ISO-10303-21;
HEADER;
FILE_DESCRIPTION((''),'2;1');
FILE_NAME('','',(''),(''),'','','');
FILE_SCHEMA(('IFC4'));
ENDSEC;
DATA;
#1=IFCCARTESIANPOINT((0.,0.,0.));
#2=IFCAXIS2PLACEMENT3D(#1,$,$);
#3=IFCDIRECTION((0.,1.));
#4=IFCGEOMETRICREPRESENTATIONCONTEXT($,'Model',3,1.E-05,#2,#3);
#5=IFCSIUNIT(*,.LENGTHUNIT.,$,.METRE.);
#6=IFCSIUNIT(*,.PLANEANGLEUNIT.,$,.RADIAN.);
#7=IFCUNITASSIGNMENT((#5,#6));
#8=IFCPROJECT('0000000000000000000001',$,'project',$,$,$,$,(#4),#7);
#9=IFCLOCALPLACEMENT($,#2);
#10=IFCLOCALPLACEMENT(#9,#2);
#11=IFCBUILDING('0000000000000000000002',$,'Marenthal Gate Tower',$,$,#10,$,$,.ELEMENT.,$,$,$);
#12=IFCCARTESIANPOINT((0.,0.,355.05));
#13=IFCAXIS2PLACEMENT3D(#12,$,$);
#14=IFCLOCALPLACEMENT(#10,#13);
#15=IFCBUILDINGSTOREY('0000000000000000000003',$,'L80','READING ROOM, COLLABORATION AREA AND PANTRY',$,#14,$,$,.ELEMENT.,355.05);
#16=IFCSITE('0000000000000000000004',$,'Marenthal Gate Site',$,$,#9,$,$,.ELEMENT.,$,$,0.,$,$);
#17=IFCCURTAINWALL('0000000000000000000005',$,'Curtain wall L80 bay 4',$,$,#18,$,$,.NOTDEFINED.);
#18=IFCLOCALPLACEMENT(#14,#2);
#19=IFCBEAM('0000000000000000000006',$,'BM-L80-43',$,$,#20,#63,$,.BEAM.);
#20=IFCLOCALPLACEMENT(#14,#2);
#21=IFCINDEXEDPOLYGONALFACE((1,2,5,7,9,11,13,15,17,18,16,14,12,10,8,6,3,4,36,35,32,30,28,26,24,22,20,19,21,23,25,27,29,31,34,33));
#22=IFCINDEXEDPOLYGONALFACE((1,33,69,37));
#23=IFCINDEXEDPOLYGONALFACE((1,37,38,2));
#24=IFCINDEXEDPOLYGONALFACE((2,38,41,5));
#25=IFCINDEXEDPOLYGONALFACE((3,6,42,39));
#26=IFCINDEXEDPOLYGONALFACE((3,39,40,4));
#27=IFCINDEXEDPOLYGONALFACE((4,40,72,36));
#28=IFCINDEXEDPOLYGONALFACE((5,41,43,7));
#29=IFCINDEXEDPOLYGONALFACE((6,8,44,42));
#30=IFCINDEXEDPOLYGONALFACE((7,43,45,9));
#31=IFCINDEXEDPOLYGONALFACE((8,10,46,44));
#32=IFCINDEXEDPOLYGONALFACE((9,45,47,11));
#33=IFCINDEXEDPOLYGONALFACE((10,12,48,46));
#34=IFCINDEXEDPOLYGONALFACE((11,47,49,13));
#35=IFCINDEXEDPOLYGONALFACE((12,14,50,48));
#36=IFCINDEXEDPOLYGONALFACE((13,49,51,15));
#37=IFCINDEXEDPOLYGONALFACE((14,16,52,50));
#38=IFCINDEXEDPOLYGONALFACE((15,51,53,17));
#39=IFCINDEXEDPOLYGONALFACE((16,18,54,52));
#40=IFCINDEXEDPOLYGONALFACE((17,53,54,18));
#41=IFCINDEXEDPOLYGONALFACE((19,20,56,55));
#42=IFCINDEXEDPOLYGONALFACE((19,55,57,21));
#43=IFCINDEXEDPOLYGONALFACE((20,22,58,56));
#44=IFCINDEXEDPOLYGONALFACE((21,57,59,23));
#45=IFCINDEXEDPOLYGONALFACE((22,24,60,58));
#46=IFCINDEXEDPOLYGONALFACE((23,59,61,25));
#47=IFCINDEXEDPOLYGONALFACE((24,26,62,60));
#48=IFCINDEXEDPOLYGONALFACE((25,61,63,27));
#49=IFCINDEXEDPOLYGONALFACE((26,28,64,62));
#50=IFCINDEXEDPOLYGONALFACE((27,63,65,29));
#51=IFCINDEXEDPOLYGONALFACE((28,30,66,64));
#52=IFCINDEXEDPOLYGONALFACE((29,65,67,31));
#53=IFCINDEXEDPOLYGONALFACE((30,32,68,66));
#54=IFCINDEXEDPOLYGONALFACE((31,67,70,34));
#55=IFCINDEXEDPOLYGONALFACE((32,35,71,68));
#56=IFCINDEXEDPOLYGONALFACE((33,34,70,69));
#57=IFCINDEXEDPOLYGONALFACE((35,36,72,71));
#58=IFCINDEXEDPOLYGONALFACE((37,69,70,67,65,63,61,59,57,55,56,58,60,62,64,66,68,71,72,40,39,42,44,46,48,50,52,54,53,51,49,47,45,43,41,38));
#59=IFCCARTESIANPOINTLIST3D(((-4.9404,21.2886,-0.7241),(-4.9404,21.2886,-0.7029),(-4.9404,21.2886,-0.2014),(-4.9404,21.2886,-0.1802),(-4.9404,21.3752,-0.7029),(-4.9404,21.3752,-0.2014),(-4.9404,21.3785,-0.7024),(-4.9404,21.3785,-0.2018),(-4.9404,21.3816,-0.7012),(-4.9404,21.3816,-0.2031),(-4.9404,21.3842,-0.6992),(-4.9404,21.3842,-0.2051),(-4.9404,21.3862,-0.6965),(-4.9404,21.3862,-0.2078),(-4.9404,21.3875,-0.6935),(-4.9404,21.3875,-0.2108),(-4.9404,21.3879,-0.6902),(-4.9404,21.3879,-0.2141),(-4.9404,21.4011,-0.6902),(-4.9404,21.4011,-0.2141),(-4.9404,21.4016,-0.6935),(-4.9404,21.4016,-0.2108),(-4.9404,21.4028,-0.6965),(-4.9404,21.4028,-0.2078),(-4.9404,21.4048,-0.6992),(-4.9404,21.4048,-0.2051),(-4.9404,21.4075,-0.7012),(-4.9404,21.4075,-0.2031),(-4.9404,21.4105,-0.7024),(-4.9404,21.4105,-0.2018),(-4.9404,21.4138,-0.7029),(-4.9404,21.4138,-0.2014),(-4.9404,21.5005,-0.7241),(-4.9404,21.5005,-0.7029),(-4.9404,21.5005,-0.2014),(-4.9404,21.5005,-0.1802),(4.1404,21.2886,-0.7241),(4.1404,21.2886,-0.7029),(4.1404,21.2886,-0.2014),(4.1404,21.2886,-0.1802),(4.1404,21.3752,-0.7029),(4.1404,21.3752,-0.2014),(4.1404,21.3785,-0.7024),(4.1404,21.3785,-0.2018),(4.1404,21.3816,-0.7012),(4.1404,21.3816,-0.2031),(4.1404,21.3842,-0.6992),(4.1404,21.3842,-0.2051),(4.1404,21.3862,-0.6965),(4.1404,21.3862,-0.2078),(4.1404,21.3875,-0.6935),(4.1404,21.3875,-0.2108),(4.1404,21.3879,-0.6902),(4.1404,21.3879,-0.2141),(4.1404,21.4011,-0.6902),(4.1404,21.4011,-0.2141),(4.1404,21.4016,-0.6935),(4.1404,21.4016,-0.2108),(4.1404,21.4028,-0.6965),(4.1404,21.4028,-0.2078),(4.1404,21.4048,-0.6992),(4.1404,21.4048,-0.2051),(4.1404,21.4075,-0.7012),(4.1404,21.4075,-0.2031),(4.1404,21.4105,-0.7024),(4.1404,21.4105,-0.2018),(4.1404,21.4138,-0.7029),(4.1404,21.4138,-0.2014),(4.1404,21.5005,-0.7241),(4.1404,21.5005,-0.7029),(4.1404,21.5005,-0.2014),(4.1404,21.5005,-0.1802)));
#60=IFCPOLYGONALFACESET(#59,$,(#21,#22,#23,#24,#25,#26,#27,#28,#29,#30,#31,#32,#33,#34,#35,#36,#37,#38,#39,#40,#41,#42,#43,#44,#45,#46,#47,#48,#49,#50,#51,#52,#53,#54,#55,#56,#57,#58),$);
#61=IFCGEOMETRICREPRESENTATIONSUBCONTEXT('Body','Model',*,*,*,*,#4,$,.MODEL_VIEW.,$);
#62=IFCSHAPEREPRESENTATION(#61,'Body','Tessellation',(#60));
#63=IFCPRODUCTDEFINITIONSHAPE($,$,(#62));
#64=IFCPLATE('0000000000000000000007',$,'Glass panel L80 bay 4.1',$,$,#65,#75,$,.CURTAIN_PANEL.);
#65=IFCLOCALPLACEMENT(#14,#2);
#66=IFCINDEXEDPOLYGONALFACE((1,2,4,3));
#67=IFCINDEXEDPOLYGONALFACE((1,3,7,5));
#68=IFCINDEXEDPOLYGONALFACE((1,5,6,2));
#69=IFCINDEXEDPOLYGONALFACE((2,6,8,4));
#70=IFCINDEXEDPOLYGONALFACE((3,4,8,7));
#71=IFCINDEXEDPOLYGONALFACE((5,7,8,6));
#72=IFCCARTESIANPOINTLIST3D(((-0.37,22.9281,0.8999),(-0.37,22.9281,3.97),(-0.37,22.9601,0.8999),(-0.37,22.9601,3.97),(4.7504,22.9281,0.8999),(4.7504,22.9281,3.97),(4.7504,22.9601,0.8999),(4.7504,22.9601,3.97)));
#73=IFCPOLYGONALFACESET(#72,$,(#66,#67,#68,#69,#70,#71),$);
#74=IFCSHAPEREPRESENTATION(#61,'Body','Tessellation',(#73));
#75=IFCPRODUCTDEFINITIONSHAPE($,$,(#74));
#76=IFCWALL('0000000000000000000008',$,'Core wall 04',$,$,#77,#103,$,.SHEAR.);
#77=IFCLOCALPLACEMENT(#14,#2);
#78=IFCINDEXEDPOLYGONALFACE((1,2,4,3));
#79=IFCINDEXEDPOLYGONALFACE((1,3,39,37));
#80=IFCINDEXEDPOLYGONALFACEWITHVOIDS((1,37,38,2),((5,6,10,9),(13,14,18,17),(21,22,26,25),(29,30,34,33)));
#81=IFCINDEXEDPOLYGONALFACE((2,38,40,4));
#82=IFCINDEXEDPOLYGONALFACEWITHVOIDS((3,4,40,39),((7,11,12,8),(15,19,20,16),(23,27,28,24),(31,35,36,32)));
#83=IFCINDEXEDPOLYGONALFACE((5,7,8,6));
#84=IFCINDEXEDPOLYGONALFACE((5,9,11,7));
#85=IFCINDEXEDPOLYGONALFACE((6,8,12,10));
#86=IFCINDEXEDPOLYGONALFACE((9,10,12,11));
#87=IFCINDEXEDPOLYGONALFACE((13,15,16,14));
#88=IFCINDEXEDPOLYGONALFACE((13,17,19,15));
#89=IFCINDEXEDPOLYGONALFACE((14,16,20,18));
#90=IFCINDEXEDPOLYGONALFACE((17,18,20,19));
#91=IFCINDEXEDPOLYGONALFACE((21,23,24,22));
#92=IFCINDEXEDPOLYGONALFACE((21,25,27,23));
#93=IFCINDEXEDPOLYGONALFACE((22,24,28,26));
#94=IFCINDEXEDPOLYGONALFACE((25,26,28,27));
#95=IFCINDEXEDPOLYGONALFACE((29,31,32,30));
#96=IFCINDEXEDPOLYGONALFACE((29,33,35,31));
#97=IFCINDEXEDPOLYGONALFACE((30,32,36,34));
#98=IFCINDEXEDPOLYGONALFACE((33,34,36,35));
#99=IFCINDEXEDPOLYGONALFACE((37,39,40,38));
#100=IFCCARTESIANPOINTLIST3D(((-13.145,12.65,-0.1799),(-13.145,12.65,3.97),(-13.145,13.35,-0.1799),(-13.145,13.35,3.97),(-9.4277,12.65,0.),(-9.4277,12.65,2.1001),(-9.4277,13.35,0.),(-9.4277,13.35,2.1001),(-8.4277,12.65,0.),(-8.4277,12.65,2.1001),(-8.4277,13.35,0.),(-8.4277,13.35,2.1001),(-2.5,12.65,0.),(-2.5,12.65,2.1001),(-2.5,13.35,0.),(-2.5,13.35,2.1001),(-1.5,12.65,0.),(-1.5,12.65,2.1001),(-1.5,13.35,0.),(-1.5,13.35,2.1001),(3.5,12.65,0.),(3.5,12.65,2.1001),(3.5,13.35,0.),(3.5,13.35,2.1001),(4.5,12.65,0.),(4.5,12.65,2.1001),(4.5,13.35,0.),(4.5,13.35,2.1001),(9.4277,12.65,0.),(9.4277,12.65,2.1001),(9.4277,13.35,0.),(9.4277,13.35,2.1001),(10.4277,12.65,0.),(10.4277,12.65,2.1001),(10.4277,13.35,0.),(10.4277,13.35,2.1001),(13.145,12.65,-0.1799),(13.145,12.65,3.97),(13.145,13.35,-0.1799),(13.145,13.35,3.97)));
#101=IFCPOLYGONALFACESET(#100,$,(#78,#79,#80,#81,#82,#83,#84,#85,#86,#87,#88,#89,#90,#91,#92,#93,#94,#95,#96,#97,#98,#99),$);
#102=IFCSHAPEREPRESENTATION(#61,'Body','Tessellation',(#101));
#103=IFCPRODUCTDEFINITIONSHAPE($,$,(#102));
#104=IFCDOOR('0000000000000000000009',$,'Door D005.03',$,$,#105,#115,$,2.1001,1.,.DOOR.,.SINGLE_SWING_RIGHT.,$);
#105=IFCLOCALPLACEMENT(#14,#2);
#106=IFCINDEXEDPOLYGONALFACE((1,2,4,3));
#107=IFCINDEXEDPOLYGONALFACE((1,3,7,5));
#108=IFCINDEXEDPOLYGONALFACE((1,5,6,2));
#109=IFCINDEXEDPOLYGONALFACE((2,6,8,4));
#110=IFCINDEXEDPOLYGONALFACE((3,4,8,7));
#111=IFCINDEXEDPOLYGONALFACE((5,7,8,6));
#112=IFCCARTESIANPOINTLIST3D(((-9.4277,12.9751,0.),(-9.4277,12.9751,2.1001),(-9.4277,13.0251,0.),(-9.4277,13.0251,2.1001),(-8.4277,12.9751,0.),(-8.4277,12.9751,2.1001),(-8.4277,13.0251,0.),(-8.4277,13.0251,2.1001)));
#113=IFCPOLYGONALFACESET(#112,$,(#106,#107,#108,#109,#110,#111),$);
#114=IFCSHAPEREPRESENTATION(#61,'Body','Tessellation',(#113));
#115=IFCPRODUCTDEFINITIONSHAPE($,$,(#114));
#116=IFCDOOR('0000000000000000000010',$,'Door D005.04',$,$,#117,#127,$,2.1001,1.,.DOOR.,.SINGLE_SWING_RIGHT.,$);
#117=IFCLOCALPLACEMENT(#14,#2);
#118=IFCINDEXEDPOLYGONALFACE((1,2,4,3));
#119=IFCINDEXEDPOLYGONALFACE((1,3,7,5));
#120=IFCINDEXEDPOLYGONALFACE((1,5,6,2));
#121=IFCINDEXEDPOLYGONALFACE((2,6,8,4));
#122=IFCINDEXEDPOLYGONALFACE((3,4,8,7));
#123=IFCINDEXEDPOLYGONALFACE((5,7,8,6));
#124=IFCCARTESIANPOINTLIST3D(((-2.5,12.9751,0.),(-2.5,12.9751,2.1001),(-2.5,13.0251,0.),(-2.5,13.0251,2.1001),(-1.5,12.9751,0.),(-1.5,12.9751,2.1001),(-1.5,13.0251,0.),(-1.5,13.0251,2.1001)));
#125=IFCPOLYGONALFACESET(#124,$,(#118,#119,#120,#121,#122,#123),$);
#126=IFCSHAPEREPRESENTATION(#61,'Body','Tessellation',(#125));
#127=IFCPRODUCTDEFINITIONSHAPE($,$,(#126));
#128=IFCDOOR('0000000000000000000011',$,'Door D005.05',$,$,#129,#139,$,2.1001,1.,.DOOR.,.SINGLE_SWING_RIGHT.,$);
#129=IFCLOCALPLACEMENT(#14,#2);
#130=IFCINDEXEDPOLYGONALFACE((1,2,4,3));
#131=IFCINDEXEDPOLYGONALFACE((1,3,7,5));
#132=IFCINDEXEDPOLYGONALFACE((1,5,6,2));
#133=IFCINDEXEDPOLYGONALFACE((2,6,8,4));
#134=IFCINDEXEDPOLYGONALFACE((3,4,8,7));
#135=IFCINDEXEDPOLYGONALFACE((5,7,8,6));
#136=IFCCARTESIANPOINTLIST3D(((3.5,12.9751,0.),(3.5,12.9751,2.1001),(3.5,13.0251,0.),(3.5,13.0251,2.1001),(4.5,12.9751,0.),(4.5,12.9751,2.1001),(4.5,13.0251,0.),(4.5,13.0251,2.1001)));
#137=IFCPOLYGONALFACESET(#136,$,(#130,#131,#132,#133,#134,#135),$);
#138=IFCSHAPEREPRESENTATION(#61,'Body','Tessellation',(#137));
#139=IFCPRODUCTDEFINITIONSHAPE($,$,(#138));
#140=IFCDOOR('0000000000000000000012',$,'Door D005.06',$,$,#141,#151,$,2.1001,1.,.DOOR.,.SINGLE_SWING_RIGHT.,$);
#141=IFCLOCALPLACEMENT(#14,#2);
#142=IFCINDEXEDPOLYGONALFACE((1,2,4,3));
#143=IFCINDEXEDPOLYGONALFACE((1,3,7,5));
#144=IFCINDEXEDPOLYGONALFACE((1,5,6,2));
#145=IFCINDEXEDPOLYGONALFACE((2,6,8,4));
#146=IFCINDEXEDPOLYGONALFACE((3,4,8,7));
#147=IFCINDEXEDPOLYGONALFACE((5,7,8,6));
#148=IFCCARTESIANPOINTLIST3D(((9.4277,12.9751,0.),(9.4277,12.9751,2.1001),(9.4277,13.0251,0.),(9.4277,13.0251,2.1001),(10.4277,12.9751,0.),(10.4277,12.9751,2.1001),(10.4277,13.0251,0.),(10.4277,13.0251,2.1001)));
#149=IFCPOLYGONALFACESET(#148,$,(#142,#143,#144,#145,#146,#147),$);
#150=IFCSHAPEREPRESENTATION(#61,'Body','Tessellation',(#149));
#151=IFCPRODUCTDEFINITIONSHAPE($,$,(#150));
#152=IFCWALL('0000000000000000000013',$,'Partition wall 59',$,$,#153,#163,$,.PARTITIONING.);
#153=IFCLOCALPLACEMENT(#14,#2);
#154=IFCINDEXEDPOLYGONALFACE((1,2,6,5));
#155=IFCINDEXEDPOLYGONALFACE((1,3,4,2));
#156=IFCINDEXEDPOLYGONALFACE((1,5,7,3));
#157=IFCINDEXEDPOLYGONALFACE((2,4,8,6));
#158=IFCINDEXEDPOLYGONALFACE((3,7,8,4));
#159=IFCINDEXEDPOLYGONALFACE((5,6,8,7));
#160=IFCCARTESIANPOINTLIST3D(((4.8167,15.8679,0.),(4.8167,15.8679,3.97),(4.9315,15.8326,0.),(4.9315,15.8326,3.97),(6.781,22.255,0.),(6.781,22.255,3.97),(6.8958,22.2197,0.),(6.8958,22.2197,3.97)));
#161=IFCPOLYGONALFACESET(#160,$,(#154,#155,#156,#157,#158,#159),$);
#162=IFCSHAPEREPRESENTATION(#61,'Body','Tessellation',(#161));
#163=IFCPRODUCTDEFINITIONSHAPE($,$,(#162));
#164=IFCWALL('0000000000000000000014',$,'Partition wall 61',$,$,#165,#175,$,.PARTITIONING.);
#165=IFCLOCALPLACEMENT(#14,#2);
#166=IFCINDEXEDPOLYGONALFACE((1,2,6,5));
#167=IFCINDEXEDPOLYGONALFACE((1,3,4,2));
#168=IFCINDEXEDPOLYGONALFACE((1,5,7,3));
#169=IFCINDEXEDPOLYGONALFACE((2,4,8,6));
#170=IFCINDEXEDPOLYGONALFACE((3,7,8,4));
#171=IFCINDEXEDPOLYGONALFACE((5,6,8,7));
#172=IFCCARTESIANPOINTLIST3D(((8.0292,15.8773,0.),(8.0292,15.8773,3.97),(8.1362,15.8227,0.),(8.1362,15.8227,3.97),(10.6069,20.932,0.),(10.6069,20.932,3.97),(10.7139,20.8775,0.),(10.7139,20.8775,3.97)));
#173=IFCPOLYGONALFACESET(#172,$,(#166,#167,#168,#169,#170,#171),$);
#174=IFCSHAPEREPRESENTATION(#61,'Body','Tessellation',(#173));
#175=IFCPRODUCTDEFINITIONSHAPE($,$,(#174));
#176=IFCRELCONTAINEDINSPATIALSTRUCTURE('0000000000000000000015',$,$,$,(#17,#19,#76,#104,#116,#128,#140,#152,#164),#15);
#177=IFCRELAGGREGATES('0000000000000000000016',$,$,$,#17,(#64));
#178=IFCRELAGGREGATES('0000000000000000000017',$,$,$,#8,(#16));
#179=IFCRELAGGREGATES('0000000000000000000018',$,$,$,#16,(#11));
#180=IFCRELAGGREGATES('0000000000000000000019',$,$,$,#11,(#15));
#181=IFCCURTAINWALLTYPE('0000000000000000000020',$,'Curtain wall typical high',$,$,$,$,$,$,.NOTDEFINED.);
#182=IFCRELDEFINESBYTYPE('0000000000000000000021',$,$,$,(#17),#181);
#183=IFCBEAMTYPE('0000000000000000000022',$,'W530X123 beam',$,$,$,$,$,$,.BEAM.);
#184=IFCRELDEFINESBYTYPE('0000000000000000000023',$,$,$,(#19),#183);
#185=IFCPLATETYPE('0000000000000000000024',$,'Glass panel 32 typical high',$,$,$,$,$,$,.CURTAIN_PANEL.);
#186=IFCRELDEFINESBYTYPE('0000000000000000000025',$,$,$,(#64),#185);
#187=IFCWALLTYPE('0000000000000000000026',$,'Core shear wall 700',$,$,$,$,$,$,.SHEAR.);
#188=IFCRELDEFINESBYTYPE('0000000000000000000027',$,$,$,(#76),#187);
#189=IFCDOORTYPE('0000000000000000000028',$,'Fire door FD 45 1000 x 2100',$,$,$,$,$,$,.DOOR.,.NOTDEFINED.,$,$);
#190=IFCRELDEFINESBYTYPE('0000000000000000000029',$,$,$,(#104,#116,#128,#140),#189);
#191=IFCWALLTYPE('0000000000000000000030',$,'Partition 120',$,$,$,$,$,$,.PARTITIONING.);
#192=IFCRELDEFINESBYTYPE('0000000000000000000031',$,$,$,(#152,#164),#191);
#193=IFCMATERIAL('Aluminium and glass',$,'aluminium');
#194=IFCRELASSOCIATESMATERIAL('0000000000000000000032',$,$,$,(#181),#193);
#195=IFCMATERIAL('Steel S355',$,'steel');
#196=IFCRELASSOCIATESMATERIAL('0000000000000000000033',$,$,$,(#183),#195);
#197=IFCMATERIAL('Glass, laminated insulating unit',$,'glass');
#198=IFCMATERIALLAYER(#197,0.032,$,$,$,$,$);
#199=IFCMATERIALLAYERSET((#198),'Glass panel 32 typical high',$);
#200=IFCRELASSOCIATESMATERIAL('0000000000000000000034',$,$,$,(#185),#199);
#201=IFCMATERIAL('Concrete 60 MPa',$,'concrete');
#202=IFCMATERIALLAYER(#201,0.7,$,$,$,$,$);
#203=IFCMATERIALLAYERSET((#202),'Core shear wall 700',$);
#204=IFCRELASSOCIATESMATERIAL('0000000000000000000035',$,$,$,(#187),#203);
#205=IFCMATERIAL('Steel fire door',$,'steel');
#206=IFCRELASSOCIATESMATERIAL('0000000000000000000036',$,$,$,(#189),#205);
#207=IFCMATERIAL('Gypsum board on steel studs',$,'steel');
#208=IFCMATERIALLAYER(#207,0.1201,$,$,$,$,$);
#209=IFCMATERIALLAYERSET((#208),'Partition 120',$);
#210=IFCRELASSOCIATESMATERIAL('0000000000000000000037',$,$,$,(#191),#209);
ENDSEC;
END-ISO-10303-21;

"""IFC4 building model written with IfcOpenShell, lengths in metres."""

from ifc_helpers import new_model, si_unit, direction, frame, frame_2d, origin, origin_2d, place, context, subcontext, project, spatial, rectangle, i_section, extrude, material, layer, layer_set, material_profile, profile_set, type_object, element, fill, aggregate, save


model = new_model("IFC4")

# Units and contexts
model_context = context("Model", 3, precision=1e-05, world=origin(), true_north=direction((0.0, 1.0)))
body_context = subcontext(model_context, "Body", "Model", "MODEL_VIEW")
ifc_project = project(units=[si_unit("LENGTHUNIT", "METRE"), si_unit("PLANEANGLEUNIT", "RADIAN")], contexts=[model_context])

# Site, building, storey
site_placement = place(None, origin())
site = spatial("IfcSite", under=ifc_project, at=site_placement, Name="Marenthal Gate Site", CompositionType="ELEMENT", RefElevation=0.0)
building_placement = place(site_placement, origin())
building = spatial("IfcBuilding", under=site, at=building_placement, Name="Marenthal Gate Tower", CompositionType="ELEMENT")
storey_placement = place(building_placement, frame((0.0, 0.0, 355.05)))
storey = spatial("IfcBuildingStorey", under=building, at=storey_placement, Name="L80", Description="READING ROOM, COLLABORATION AREA AND PANTRY", CompositionType="ELEMENT", Elevation=355.05)

# Curtain wall
ifc_material_1 = material(Name="Aluminium and glass", Category="aluminium")
curtain_wall_type = type_object("IfcCurtainWallType", Name="Curtain wall typical high", PredefinedType="NOTDEFINED", material=ifc_material_1)
curtain_wall_placement = place(storey_placement, origin())
curtain_wall = element("IfcCurtainWall", 1, at=curtain_wall_placement, inside=storey, type_object=curtain_wall_type, Name="Curtain wall L80 bay 4", PredefinedType="NOTDEFINED")

# Beam
ifc_material_2 = material(Name="Steel S355", Category="steel")
ifc_material_profile_1 = material_profile(ifc_material_2, i_section(OverallWidth=0.2119, OverallDepth=0.5439, WebThickness=0.0132, FlangeThickness=0.0212, FilletRadius=0.0127, at=origin_2d()), Name="W530X123")
ifc_profile_set_1 = profile_set([ifc_material_profile_1], Name="Steel S355")
beam_type_1 = type_object("IfcBeamType", Name="W530X123 beam", PredefinedType="BEAM", material=ifc_profile_set_1)
beam_1_placement = place(storey_placement, frame((4.1404, 21.3945, -0.4521), z_axis=(-1.0, 0.0, 0.0), x_axis=(0.0, -1.0, 0.0)))
element("IfcBeam", 2, at=beam_1_placement, inside=storey, type_object=beam_type_1, Name="BM-L80-43", PredefinedType="BEAM", context=body_context, shape_type="SweptSolid", body=[
    extrude(i_section(OverallWidth=0.2119, OverallDepth=0.5439, WebThickness=0.0132, FlangeThickness=0.0212, FilletRadius=0.0127, at=origin_2d()), origin(), (0.0, 0.0, 1.0), 9.0808),
])

# Plate
ifc_material_3 = material(Name="Glass, laminated insulating unit", Category="glass")
ifc_layer_1 = layer(ifc_material_3, 0.032)
ifc_layer_set_1 = layer_set([ifc_layer_1], Name="Glass panel 32 typical high")
plate_type = type_object("IfcPlateType", Name="Glass panel 32 typical high", PredefinedType="CURTAIN_PANEL", material=ifc_layer_set_1)
plate_placement = place(storey_placement, frame((2.1902, 22.9441, 0.8999), z_axis=(0.0, 0.0, 1.0), x_axis=(-1.0, 0.0, 0.0)))
plate = element("IfcPlate", 3, at=plate_placement, type_object=plate_type, Name="Glass panel L80 bay 4.1", PredefinedType="CURTAIN_PANEL", context=body_context, shape_type="SweptSolid", body=[
    extrude(rectangle(XDim=5.1204, YDim=0.032, at=origin_2d()), origin(), (0.0, 0.0, 1.0), 3.0701),
])
aggregate(curtain_wall, [plate])

# Wall, openings, doors
ifc_material_4 = material(Name="Concrete 60 MPa", Category="concrete")
ifc_layer_2 = layer(ifc_material_4, 0.7)
ifc_layer_set_2 = layer_set([ifc_layer_2], Name="Core shear wall 700")
wall_type_1 = type_object("IfcWallType", Name="Core shear wall 700", PredefinedType="SHEAR", material=ifc_layer_set_2)
wall_1_placement = place(storey_placement, frame((13.145, 13.0, -0.1799), z_axis=(0.0, 0.0, 1.0), x_axis=(-1.0, 0.0, 0.0)))
wall_1 = element("IfcWall", 4, at=wall_1_placement, inside=storey, type_object=wall_type_1, Name="Core wall 04", PredefinedType="SHEAR", context=body_context, shape_type="SweptSolid", body=[
    extrude(rectangle(XDim=26.29, YDim=0.7, at=frame_2d((13.145, 0.0))), origin(), (0.0, 0.0, 1.0), 4.1499),
])
opening_1_placement = place(wall_1_placement, frame((21.5728, 0.0, 0.1799)))
opening_1 = element("IfcOpeningElement", 5, at=opening_1_placement, cuts=wall_1, PredefinedType="OPENING", context=body_context, shape_type="SweptSolid", body=[
    extrude(rectangle(XDim=1.0, YDim=2.1001, at=frame_2d((0.5, 1.05))), frame((0.0, 0.3599, 0.0), z_axis=(0.0, -1.0, 0.0), x_axis=(1.0, 0.0, 0.0)), (0.0, 0.0, 1.0), 0.72),
])
opening_2_placement = place(wall_1_placement, frame((14.645, 0.0, 0.1799)))
opening_2 = element("IfcOpeningElement", 6, at=opening_2_placement, cuts=wall_1, PredefinedType="OPENING", context=body_context, shape_type="SweptSolid", body=[
    extrude(rectangle(XDim=1.0, YDim=2.1001, at=frame_2d((0.5, 1.05))), frame((0.0, 0.3599, 0.0), z_axis=(0.0, -1.0, 0.0), x_axis=(1.0, 0.0, 0.0)), (0.0, 0.0, 1.0), 0.72),
])
opening_3_placement = place(wall_1_placement, frame((8.645, 0.0, 0.1799)))
opening_3 = element("IfcOpeningElement", 7, at=opening_3_placement, cuts=wall_1, PredefinedType="OPENING", context=body_context, shape_type="SweptSolid", body=[
    extrude(rectangle(XDim=1.0, YDim=2.1001, at=frame_2d((0.5, 1.05))), frame((0.0, 0.3599, 0.0), z_axis=(0.0, -1.0, 0.0), x_axis=(1.0, 0.0, 0.0)), (0.0, 0.0, 1.0), 0.72),
])
opening_4_placement = place(wall_1_placement, frame((2.7173, 0.0, 0.1799)))
opening_4 = element("IfcOpeningElement", 8, at=opening_4_placement, cuts=wall_1, PredefinedType="OPENING", context=body_context, shape_type="SweptSolid", body=[
    extrude(rectangle(XDim=1.0, YDim=2.1001, at=frame_2d((0.5, 1.05))), frame((0.0, 0.3599, 0.0), z_axis=(0.0, -1.0, 0.0), x_axis=(1.0, 0.0, 0.0)), (0.0, 0.0, 1.0), 0.72),
])
ifc_material_5 = material(Name="Steel fire door", Category="steel")
door_type = type_object("IfcDoorType", Name="Fire door FD 45 1000 x 2100", OperationType="NOTDEFINED", PredefinedType="DOOR", material=ifc_material_5)
door_1_placement = place(opening_1_placement, origin())
door_1 = element("IfcDoor", 9, at=door_1_placement, inside=storey, type_object=door_type, Name="Door D005.03", OperationType="SINGLE_SWING_RIGHT", OverallHeight=2.1001, OverallWidth=1.0, PredefinedType="DOOR", context=body_context, shape_type="SweptSolid", body=[
    extrude(rectangle(XDim=1.0, YDim=2.1001, at=frame_2d((0.5, 1.05))), frame((0.0, 0.0249, 0.0), z_axis=(0.0, -1.0, 0.0), x_axis=(1.0, 0.0, 0.0)), (0.0, 0.0, 1.0), 0.05),
])
fill(opening_1, door_1)
door_2_placement = place(opening_2_placement, origin())
door_2 = element("IfcDoor", 10, at=door_2_placement, inside=storey, type_object=door_type, Name="Door D005.04", OperationType="SINGLE_SWING_RIGHT", OverallHeight=2.1001, OverallWidth=1.0, PredefinedType="DOOR", context=body_context, shape_type="SweptSolid", body=[
    extrude(rectangle(XDim=1.0, YDim=2.1001, at=frame_2d((0.5, 1.05))), frame((0.0, 0.0249, 0.0), z_axis=(0.0, -1.0, 0.0), x_axis=(1.0, 0.0, 0.0)), (0.0, 0.0, 1.0), 0.05),
])
fill(opening_2, door_2)
door_3_placement = place(opening_3_placement, origin())
door_3 = element("IfcDoor", 11, at=door_3_placement, inside=storey, type_object=door_type, Name="Door D005.05", OperationType="SINGLE_SWING_RIGHT", OverallHeight=2.1001, OverallWidth=1.0, PredefinedType="DOOR", context=body_context, shape_type="SweptSolid", body=[
    extrude(rectangle(XDim=1.0, YDim=2.1001, at=frame_2d((0.5, 1.05))), frame((0.0, 0.0249, 0.0), z_axis=(0.0, -1.0, 0.0), x_axis=(1.0, 0.0, 0.0)), (0.0, 0.0, 1.0), 0.05),
])
fill(opening_3, door_3)
door_4_placement = place(opening_4_placement, origin())
door_4 = element("IfcDoor", 12, at=door_4_placement, inside=storey, type_object=door_type, Name="Door D005.06", OperationType="SINGLE_SWING_RIGHT", OverallHeight=2.1001, OverallWidth=1.0, PredefinedType="DOOR", context=body_context, shape_type="SweptSolid", body=[
    extrude(rectangle(XDim=1.0, YDim=2.1001, at=frame_2d((0.5, 1.05))), frame((0.0, 0.0249, 0.0), z_axis=(0.0, -1.0, 0.0), x_axis=(1.0, 0.0, 0.0)), (0.0, 0.0, 1.0), 0.05),
])
fill(opening_4, door_4)

# Walls
ifc_material_6 = material(Name="Gypsum board on steel studs", Category="steel")
ifc_layer_3 = layer(ifc_material_6, 0.1201)
ifc_layer_set_3 = layer_set([ifc_layer_3], Name="Partition 120")
wall_type_2 = type_object("IfcWallType", Name="Partition 120", PredefinedType="PARTITIONING", material=ifc_layer_set_3)
wall_2_placement = place(storey_placement, frame((4.874, 15.8501, 0.0), z_axis=(0.0, 0.0, 1.0), x_axis=(0.293957, 0.955818, 0.0)))
element("IfcWall", 13, at=wall_2_placement, inside=storey, type_object=wall_type_2, Name="Partition wall 59", PredefinedType="PARTITIONING", context=body_context, shape_type="SweptSolid", body=[
    extrude(rectangle(XDim=6.6824, YDim=0.1201, at=frame_2d((3.3413, 0.0))), origin(), (0.0, 0.0, 1.0), 3.97),
])
wall_3_placement = place(storey_placement, frame((8.0828, 15.8501, 0.0), z_axis=(0.0, 0.0, 1.0), x_axis=(0.454291, 0.890854, 0.0)))
element("IfcWall", 14, at=wall_3_placement, inside=storey, type_object=wall_type_2, Name="Partition wall 61", PredefinedType="PARTITIONING", context=body_context, shape_type="SweptSolid", body=[
    extrude(rectangle(XDim=5.6741, YDim=0.1201, at=frame_2d((2.8369, 0.0))), origin(), (0.0, 0.0, 1.0), 3.97),
])

save(model, "model.ifc")
